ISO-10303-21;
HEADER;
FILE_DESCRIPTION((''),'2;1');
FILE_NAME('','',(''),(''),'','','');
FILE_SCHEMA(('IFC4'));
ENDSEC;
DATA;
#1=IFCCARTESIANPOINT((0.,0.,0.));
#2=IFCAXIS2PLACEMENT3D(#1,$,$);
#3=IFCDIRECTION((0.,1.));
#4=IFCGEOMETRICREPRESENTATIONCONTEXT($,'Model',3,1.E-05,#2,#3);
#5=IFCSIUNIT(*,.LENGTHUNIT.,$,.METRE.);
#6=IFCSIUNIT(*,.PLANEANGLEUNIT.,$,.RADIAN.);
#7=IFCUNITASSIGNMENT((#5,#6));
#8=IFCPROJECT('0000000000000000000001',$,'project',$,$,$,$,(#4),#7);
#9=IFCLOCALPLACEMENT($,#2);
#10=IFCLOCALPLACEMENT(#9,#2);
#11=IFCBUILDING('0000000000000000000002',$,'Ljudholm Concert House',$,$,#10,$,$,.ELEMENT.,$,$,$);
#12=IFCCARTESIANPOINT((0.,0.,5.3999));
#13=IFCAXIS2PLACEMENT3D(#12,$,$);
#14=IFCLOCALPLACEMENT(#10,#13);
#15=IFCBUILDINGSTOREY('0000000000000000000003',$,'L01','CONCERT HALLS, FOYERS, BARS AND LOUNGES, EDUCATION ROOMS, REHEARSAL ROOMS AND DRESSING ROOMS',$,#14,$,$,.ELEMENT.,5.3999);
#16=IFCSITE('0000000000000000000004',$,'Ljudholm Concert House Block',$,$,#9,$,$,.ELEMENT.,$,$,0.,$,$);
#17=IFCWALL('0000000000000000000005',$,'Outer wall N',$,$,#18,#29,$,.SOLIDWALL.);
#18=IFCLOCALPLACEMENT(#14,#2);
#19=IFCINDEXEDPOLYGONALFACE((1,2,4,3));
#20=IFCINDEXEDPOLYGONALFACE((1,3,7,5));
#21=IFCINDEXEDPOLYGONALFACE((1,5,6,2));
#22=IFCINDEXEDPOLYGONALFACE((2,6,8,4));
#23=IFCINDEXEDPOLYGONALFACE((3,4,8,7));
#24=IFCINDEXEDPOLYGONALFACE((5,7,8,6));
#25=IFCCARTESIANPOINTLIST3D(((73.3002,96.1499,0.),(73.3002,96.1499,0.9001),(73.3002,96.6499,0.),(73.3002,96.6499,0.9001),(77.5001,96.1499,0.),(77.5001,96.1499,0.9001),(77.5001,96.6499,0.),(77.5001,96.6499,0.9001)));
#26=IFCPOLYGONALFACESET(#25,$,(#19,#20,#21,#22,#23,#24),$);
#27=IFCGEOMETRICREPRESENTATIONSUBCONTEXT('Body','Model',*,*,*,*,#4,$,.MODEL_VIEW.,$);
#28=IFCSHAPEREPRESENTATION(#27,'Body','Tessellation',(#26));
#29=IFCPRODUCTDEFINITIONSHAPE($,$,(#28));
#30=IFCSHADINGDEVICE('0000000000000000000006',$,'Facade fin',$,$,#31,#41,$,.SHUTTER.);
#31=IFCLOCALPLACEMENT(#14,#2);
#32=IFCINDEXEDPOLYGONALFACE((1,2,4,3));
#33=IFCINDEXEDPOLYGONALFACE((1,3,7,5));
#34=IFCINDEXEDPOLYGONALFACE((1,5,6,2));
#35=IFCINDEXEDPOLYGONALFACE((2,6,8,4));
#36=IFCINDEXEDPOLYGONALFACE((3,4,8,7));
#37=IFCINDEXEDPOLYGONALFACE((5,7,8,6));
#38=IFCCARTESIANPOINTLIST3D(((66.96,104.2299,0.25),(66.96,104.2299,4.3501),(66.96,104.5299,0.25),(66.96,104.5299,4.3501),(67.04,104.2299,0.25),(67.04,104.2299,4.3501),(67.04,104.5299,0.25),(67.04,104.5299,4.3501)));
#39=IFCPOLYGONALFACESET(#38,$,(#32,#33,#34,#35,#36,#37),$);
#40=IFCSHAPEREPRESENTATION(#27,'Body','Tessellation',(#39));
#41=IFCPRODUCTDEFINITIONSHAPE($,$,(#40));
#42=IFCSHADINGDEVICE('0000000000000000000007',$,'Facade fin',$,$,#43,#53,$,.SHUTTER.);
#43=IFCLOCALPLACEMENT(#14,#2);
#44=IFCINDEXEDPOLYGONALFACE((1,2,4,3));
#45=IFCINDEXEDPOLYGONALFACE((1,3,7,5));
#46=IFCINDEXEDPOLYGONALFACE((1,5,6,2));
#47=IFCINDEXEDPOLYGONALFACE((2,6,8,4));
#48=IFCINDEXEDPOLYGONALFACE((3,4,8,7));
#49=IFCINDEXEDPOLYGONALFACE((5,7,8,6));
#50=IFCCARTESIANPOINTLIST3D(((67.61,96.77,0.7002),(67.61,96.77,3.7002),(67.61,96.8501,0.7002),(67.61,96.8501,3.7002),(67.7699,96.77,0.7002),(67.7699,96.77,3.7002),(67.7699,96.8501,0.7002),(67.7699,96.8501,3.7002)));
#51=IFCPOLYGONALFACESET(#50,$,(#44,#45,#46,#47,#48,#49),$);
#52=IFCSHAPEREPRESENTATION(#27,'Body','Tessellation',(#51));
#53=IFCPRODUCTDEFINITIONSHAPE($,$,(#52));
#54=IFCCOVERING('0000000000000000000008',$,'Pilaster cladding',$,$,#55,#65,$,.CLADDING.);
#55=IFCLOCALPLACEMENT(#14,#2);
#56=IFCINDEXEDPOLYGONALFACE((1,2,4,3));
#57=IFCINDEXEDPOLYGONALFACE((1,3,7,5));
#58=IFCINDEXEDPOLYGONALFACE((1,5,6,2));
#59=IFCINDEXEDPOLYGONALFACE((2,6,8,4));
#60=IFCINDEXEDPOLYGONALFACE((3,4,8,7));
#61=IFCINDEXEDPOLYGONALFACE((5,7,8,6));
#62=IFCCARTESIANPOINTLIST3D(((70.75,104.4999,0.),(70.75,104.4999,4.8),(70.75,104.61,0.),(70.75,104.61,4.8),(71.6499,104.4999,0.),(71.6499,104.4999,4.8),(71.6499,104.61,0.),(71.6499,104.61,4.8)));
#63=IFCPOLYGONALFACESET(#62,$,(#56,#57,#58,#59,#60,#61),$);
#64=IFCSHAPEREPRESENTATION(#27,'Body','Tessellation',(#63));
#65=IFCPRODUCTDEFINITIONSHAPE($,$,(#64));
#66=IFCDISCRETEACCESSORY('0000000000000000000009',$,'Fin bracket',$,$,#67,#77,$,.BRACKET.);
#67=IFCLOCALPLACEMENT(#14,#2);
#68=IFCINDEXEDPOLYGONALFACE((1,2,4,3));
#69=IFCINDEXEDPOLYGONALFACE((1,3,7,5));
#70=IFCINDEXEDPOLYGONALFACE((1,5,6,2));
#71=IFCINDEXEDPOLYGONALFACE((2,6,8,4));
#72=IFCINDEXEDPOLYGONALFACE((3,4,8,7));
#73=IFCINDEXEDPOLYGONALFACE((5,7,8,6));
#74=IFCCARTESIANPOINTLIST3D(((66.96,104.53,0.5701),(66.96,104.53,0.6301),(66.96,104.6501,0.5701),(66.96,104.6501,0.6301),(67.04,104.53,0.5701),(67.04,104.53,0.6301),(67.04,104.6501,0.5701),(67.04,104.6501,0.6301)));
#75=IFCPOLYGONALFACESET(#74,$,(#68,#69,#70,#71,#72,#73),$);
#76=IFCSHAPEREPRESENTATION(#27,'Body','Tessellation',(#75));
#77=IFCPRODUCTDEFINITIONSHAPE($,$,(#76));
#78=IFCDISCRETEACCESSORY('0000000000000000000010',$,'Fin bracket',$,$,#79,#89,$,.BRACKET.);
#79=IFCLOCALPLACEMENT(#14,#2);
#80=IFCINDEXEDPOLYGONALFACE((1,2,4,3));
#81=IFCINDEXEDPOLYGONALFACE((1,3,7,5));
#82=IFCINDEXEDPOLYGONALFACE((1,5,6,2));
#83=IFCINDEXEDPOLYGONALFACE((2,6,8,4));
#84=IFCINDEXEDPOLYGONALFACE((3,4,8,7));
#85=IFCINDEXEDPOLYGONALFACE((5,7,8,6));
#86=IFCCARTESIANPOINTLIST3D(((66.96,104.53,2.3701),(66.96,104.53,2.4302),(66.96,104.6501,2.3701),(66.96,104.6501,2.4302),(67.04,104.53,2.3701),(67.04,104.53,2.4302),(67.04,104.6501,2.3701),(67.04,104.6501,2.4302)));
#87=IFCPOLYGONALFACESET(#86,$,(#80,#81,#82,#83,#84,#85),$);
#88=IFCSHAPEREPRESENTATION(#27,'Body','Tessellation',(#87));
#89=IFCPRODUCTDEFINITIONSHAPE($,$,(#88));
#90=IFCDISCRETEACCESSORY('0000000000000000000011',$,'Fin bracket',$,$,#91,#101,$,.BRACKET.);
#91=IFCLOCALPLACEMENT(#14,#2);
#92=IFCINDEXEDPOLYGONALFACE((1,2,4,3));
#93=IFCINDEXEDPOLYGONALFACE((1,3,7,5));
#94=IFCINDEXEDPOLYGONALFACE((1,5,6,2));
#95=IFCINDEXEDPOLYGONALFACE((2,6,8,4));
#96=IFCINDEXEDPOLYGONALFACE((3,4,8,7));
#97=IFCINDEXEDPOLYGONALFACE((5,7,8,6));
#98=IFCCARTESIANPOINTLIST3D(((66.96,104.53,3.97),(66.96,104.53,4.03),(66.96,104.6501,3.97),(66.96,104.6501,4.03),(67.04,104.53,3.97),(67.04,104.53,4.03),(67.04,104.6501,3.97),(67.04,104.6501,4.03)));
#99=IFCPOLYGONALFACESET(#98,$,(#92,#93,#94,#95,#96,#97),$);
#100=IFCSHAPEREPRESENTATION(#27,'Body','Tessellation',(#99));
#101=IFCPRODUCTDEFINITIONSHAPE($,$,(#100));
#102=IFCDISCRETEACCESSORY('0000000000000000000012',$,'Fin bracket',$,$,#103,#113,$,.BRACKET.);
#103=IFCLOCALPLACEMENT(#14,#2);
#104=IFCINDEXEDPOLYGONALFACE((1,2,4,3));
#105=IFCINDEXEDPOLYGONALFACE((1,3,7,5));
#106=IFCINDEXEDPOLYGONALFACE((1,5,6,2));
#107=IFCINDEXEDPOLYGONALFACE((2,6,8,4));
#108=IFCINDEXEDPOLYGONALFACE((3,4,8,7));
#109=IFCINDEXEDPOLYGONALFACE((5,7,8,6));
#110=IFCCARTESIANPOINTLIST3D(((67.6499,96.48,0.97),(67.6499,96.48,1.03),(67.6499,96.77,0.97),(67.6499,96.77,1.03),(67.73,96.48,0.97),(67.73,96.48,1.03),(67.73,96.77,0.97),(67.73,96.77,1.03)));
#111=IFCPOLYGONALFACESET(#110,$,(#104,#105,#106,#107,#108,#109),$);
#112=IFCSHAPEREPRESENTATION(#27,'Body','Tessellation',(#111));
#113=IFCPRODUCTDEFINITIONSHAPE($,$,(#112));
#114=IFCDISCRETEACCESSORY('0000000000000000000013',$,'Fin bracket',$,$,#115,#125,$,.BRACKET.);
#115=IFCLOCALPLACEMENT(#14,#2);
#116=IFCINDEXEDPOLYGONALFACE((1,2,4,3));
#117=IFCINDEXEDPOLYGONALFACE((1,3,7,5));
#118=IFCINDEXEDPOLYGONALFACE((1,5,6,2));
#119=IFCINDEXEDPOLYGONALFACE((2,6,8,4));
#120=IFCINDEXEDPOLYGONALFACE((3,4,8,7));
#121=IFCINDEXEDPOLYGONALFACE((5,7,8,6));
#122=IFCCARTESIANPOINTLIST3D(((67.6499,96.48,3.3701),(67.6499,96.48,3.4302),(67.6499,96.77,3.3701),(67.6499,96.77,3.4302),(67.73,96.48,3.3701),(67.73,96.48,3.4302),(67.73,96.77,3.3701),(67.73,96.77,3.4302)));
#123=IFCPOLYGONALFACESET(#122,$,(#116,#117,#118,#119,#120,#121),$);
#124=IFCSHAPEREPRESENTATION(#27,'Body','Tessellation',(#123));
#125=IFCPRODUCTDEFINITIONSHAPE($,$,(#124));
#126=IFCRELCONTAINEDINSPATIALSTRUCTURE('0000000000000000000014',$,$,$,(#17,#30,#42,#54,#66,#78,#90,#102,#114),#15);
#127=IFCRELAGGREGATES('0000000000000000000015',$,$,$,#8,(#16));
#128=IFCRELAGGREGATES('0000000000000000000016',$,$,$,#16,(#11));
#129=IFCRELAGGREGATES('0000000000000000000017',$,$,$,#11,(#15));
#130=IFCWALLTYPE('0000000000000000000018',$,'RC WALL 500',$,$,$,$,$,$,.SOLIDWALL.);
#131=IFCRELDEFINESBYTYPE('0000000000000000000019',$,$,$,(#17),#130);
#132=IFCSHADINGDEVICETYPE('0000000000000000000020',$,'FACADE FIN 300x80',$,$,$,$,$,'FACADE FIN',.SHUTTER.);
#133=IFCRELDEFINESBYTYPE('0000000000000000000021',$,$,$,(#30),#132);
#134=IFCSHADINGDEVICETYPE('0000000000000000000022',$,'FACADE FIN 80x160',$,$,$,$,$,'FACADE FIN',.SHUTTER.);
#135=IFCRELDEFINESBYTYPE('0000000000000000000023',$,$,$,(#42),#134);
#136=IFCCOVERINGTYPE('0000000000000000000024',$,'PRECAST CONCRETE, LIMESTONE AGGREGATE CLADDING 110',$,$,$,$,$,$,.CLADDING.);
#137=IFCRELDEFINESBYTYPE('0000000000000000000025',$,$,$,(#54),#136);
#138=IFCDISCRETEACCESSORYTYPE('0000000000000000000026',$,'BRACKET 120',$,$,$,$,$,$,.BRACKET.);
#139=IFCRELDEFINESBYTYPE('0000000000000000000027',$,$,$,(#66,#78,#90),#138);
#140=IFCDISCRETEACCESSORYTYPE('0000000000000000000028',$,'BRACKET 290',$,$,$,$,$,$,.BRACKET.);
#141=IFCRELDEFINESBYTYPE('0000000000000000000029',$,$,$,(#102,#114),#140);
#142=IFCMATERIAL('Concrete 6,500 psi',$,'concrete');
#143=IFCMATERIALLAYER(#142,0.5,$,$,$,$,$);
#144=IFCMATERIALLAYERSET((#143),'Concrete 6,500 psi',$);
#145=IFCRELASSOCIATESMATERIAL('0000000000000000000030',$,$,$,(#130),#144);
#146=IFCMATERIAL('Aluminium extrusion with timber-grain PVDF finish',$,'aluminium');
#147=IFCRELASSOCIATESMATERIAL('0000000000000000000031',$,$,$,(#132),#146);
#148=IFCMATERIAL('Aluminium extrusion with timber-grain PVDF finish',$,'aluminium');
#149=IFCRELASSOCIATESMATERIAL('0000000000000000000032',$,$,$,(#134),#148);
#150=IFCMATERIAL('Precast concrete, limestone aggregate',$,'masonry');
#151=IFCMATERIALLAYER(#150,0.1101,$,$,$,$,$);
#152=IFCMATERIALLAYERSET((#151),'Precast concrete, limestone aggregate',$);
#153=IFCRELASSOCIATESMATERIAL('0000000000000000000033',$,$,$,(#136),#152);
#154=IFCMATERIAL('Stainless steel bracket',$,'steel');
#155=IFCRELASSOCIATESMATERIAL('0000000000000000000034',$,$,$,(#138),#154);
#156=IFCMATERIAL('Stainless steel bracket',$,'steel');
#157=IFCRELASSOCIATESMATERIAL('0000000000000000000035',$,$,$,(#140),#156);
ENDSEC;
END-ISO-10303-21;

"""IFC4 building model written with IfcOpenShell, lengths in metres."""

from ifc_helpers import new_model, si_unit, direction, frame, frame_2d, origin, origin_2d, place, context, subcontext, project, spatial, rectangle, extrude, material, layer, layer_set, type_object, element, save


model = new_model("IFC4")

# Units and contexts
model_context = context("Model", 3, precision=1e-05, world=origin(), true_north=direction((0.0, 1.0)))
body_context = subcontext(model_context, "Body", "Model", "MODEL_VIEW")
ifc_project = project(units=[si_unit("LENGTHUNIT", "METRE"), si_unit("PLANEANGLEUNIT", "RADIAN")], contexts=[model_context])

# Site, building, storey
site_placement = place(None, origin())
site = spatial("IfcSite", under=ifc_project, at=site_placement, Name="Ljudholm Concert House Block", CompositionType="ELEMENT", RefElevation=0.0)
building_placement = place(site_placement, origin())
building = spatial("IfcBuilding", under=site, at=building_placement, Name="Ljudholm Concert House", CompositionType="ELEMENT")
storey_placement = place(building_placement, frame((0.0, 0.0, 5.3999)))
storey = spatial("IfcBuildingStorey", under=building, at=storey_placement, Name="L01", Description="CONCERT HALLS, FOYERS, BARS AND LOUNGES, EDUCATION ROOMS, REHEARSAL ROOMS AND DRESSING ROOMS", CompositionType="ELEMENT", Elevation=5.3999)

# Wall
ifc_material_1 = material(Name="Concrete 6,500 psi", Category="concrete")
ifc_layer_1 = layer(ifc_material_1, 0.5)
ifc_layer_set_1 = layer_set([ifc_layer_1], Name="Concrete 6,500 psi")
wall_type_1 = type_object("IfcWallType", Name="RC WALL 500", PredefinedType="SOLIDWALL", material=ifc_layer_set_1)
wall_1_placement = place(storey_placement, frame((73.3, 96.3999, 0.0), z_axis=(0.0, 0.0, 1.0), x_axis=(1.0, 0.0, 0.0)))
element("IfcWall", 1, at=wall_1_placement, inside=storey, type_object=wall_type_1, Name="Outer wall N", PredefinedType="SOLIDWALL", context=body_context, shape_type="SweptSolid", body=[
    extrude(rectangle(XDim=4.2, YDim=0.5, at=frame_2d((2.1001, 0.0))), origin(), (0.0, 0.0, 1.0), 0.9001),
])

# Shading devices
ifc_material_2 = material(Name="Aluminium extrusion with timber-grain PVDF finish", Category="aluminium")
shading_device_type_1 = type_object("IfcShadingDeviceType", Name="FACADE FIN 300x80", ElementType="FACADE FIN", PredefinedType="SHUTTER", material=ifc_material_2)
shading_device_1_placement = place(storey_placement, frame((67.0, 104.3799, 0.25), z_axis=(0.0, 0.0, 1.0), x_axis=(0.0, -1.0, 0.0)))
element("IfcShadingDevice", 2, at=shading_device_1_placement, inside=storey, type_object=shading_device_type_1, Name="Facade fin", PredefinedType="SHUTTER", context=body_context, shape_type="SweptSolid", body=[
    extrude(rectangle(XDim=0.3, YDim=0.0801, at=origin_2d()), origin(), (0.0, 0.0, 1.0), 4.1001),
])
ifc_material_3 = material(Name="Aluminium extrusion with timber-grain PVDF finish", Category="aluminium")
shading_device_type_2 = type_object("IfcShadingDeviceType", Name="FACADE FIN 80x160", ElementType="FACADE FIN", PredefinedType="SHUTTER", material=ifc_material_3)
shading_device_2_placement = place(storey_placement, frame((67.6899, 96.8101, 0.7002), z_axis=(0.0, 0.0, 1.0), x_axis=(0.0, 1.0, 0.0)))
element("IfcShadingDevice", 3, at=shading_device_2_placement, inside=storey, type_object=shading_device_type_2, Name="Facade fin", PredefinedType="SHUTTER", context=body_context, shape_type="SweptSolid", body=[
    extrude(rectangle(XDim=0.0801, YDim=0.1599, at=origin_2d()), origin(), (0.0, 0.0, 1.0), 3.0),
])

# Covering
ifc_material_4 = material(Name="Precast concrete, limestone aggregate", Category="masonry")
ifc_layer_2 = layer(ifc_material_4, 0.1101)
ifc_layer_set_2 = layer_set([ifc_layer_2], Name="Precast concrete, limestone aggregate")
covering_type = type_object("IfcCoveringType", Name="PRECAST CONCRETE, LIMESTONE AGGREGATE CLADDING 110", PredefinedType="CLADDING", material=ifc_layer_set_2)
covering_placement = place(storey_placement, frame((71.2, 104.5549, 0.0), z_axis=(0.0, 0.0, 1.0), x_axis=(0.0, -1.0, 0.0)))
element("IfcCovering", 4, at=covering_placement, inside=storey, type_object=covering_type, Name="Pilaster cladding", PredefinedType="CLADDING", context=body_context, shape_type="SweptSolid", body=[
    extrude(rectangle(XDim=0.1101, YDim=0.8999, at=origin_2d()), origin(), (0.0, 0.0, 1.0), 4.8),
])

# Discrete accessories
ifc_material_5 = material(Name="Stainless steel bracket", Category="steel")
discrete_accessory_type_1 = type_object("IfcDiscreteAccessoryType", Name="BRACKET 120", PredefinedType="BRACKET", material=ifc_material_5)
for number, where, z_axis, x_axis, name in (
    (5, (67.0, 104.5901, 0.5701), (0.0, 0.0, 1.0), (0.0, -1.0, 0.0), "Fin bracket"),
    (6, (67.0, 104.5901, 2.3701), (0.0, 0.0, 1.0), (0.0, -1.0, 0.0), "Fin bracket"),
    (7, (67.0, 104.5901, 3.97), (0.0, 0.0, 1.0), (0.0, -1.0, 0.0), "Fin bracket"),
):
    element("IfcDiscreteAccessory", number, at=place(storey_placement, frame(where, z_axis=z_axis, x_axis=x_axis)), inside=storey, type_object=discrete_accessory_type_1, Name=name, PredefinedType="BRACKET", context=body_context, shape_type="SweptSolid", body=[
        extrude(rectangle(XDim=0.1201, YDim=0.0801, at=origin_2d()), origin(), (0.0, 0.0, 1.0), 0.0601),
    ])
ifc_material_6 = material(Name="Stainless steel bracket", Category="steel")
discrete_accessory_type_2 = type_object("IfcDiscreteAccessoryType", Name="BRACKET 290", PredefinedType="BRACKET", material=ifc_material_6)
for number, where, z_axis, x_axis, name in (
    (8, (67.6899, 96.625, 0.97), (0.0, 0.0, 1.0), (0.0, 1.0, 0.0), "Fin bracket"),
    (9, (67.6899, 96.625, 3.3701), (0.0, 0.0, 1.0), (0.0, 1.0, 0.0), "Fin bracket"),
):
    element("IfcDiscreteAccessory", number, at=place(storey_placement, frame(where, z_axis=z_axis, x_axis=x_axis)), inside=storey, type_object=discrete_accessory_type_2, Name=name, PredefinedType="BRACKET", context=body_context, shape_type="SweptSolid", body=[
        extrude(rectangle(XDim=0.29, YDim=0.0801, at=origin_2d()), origin(), (0.0, 0.0, 1.0), 0.0601),
    ])

save(model, "model.ifc")
